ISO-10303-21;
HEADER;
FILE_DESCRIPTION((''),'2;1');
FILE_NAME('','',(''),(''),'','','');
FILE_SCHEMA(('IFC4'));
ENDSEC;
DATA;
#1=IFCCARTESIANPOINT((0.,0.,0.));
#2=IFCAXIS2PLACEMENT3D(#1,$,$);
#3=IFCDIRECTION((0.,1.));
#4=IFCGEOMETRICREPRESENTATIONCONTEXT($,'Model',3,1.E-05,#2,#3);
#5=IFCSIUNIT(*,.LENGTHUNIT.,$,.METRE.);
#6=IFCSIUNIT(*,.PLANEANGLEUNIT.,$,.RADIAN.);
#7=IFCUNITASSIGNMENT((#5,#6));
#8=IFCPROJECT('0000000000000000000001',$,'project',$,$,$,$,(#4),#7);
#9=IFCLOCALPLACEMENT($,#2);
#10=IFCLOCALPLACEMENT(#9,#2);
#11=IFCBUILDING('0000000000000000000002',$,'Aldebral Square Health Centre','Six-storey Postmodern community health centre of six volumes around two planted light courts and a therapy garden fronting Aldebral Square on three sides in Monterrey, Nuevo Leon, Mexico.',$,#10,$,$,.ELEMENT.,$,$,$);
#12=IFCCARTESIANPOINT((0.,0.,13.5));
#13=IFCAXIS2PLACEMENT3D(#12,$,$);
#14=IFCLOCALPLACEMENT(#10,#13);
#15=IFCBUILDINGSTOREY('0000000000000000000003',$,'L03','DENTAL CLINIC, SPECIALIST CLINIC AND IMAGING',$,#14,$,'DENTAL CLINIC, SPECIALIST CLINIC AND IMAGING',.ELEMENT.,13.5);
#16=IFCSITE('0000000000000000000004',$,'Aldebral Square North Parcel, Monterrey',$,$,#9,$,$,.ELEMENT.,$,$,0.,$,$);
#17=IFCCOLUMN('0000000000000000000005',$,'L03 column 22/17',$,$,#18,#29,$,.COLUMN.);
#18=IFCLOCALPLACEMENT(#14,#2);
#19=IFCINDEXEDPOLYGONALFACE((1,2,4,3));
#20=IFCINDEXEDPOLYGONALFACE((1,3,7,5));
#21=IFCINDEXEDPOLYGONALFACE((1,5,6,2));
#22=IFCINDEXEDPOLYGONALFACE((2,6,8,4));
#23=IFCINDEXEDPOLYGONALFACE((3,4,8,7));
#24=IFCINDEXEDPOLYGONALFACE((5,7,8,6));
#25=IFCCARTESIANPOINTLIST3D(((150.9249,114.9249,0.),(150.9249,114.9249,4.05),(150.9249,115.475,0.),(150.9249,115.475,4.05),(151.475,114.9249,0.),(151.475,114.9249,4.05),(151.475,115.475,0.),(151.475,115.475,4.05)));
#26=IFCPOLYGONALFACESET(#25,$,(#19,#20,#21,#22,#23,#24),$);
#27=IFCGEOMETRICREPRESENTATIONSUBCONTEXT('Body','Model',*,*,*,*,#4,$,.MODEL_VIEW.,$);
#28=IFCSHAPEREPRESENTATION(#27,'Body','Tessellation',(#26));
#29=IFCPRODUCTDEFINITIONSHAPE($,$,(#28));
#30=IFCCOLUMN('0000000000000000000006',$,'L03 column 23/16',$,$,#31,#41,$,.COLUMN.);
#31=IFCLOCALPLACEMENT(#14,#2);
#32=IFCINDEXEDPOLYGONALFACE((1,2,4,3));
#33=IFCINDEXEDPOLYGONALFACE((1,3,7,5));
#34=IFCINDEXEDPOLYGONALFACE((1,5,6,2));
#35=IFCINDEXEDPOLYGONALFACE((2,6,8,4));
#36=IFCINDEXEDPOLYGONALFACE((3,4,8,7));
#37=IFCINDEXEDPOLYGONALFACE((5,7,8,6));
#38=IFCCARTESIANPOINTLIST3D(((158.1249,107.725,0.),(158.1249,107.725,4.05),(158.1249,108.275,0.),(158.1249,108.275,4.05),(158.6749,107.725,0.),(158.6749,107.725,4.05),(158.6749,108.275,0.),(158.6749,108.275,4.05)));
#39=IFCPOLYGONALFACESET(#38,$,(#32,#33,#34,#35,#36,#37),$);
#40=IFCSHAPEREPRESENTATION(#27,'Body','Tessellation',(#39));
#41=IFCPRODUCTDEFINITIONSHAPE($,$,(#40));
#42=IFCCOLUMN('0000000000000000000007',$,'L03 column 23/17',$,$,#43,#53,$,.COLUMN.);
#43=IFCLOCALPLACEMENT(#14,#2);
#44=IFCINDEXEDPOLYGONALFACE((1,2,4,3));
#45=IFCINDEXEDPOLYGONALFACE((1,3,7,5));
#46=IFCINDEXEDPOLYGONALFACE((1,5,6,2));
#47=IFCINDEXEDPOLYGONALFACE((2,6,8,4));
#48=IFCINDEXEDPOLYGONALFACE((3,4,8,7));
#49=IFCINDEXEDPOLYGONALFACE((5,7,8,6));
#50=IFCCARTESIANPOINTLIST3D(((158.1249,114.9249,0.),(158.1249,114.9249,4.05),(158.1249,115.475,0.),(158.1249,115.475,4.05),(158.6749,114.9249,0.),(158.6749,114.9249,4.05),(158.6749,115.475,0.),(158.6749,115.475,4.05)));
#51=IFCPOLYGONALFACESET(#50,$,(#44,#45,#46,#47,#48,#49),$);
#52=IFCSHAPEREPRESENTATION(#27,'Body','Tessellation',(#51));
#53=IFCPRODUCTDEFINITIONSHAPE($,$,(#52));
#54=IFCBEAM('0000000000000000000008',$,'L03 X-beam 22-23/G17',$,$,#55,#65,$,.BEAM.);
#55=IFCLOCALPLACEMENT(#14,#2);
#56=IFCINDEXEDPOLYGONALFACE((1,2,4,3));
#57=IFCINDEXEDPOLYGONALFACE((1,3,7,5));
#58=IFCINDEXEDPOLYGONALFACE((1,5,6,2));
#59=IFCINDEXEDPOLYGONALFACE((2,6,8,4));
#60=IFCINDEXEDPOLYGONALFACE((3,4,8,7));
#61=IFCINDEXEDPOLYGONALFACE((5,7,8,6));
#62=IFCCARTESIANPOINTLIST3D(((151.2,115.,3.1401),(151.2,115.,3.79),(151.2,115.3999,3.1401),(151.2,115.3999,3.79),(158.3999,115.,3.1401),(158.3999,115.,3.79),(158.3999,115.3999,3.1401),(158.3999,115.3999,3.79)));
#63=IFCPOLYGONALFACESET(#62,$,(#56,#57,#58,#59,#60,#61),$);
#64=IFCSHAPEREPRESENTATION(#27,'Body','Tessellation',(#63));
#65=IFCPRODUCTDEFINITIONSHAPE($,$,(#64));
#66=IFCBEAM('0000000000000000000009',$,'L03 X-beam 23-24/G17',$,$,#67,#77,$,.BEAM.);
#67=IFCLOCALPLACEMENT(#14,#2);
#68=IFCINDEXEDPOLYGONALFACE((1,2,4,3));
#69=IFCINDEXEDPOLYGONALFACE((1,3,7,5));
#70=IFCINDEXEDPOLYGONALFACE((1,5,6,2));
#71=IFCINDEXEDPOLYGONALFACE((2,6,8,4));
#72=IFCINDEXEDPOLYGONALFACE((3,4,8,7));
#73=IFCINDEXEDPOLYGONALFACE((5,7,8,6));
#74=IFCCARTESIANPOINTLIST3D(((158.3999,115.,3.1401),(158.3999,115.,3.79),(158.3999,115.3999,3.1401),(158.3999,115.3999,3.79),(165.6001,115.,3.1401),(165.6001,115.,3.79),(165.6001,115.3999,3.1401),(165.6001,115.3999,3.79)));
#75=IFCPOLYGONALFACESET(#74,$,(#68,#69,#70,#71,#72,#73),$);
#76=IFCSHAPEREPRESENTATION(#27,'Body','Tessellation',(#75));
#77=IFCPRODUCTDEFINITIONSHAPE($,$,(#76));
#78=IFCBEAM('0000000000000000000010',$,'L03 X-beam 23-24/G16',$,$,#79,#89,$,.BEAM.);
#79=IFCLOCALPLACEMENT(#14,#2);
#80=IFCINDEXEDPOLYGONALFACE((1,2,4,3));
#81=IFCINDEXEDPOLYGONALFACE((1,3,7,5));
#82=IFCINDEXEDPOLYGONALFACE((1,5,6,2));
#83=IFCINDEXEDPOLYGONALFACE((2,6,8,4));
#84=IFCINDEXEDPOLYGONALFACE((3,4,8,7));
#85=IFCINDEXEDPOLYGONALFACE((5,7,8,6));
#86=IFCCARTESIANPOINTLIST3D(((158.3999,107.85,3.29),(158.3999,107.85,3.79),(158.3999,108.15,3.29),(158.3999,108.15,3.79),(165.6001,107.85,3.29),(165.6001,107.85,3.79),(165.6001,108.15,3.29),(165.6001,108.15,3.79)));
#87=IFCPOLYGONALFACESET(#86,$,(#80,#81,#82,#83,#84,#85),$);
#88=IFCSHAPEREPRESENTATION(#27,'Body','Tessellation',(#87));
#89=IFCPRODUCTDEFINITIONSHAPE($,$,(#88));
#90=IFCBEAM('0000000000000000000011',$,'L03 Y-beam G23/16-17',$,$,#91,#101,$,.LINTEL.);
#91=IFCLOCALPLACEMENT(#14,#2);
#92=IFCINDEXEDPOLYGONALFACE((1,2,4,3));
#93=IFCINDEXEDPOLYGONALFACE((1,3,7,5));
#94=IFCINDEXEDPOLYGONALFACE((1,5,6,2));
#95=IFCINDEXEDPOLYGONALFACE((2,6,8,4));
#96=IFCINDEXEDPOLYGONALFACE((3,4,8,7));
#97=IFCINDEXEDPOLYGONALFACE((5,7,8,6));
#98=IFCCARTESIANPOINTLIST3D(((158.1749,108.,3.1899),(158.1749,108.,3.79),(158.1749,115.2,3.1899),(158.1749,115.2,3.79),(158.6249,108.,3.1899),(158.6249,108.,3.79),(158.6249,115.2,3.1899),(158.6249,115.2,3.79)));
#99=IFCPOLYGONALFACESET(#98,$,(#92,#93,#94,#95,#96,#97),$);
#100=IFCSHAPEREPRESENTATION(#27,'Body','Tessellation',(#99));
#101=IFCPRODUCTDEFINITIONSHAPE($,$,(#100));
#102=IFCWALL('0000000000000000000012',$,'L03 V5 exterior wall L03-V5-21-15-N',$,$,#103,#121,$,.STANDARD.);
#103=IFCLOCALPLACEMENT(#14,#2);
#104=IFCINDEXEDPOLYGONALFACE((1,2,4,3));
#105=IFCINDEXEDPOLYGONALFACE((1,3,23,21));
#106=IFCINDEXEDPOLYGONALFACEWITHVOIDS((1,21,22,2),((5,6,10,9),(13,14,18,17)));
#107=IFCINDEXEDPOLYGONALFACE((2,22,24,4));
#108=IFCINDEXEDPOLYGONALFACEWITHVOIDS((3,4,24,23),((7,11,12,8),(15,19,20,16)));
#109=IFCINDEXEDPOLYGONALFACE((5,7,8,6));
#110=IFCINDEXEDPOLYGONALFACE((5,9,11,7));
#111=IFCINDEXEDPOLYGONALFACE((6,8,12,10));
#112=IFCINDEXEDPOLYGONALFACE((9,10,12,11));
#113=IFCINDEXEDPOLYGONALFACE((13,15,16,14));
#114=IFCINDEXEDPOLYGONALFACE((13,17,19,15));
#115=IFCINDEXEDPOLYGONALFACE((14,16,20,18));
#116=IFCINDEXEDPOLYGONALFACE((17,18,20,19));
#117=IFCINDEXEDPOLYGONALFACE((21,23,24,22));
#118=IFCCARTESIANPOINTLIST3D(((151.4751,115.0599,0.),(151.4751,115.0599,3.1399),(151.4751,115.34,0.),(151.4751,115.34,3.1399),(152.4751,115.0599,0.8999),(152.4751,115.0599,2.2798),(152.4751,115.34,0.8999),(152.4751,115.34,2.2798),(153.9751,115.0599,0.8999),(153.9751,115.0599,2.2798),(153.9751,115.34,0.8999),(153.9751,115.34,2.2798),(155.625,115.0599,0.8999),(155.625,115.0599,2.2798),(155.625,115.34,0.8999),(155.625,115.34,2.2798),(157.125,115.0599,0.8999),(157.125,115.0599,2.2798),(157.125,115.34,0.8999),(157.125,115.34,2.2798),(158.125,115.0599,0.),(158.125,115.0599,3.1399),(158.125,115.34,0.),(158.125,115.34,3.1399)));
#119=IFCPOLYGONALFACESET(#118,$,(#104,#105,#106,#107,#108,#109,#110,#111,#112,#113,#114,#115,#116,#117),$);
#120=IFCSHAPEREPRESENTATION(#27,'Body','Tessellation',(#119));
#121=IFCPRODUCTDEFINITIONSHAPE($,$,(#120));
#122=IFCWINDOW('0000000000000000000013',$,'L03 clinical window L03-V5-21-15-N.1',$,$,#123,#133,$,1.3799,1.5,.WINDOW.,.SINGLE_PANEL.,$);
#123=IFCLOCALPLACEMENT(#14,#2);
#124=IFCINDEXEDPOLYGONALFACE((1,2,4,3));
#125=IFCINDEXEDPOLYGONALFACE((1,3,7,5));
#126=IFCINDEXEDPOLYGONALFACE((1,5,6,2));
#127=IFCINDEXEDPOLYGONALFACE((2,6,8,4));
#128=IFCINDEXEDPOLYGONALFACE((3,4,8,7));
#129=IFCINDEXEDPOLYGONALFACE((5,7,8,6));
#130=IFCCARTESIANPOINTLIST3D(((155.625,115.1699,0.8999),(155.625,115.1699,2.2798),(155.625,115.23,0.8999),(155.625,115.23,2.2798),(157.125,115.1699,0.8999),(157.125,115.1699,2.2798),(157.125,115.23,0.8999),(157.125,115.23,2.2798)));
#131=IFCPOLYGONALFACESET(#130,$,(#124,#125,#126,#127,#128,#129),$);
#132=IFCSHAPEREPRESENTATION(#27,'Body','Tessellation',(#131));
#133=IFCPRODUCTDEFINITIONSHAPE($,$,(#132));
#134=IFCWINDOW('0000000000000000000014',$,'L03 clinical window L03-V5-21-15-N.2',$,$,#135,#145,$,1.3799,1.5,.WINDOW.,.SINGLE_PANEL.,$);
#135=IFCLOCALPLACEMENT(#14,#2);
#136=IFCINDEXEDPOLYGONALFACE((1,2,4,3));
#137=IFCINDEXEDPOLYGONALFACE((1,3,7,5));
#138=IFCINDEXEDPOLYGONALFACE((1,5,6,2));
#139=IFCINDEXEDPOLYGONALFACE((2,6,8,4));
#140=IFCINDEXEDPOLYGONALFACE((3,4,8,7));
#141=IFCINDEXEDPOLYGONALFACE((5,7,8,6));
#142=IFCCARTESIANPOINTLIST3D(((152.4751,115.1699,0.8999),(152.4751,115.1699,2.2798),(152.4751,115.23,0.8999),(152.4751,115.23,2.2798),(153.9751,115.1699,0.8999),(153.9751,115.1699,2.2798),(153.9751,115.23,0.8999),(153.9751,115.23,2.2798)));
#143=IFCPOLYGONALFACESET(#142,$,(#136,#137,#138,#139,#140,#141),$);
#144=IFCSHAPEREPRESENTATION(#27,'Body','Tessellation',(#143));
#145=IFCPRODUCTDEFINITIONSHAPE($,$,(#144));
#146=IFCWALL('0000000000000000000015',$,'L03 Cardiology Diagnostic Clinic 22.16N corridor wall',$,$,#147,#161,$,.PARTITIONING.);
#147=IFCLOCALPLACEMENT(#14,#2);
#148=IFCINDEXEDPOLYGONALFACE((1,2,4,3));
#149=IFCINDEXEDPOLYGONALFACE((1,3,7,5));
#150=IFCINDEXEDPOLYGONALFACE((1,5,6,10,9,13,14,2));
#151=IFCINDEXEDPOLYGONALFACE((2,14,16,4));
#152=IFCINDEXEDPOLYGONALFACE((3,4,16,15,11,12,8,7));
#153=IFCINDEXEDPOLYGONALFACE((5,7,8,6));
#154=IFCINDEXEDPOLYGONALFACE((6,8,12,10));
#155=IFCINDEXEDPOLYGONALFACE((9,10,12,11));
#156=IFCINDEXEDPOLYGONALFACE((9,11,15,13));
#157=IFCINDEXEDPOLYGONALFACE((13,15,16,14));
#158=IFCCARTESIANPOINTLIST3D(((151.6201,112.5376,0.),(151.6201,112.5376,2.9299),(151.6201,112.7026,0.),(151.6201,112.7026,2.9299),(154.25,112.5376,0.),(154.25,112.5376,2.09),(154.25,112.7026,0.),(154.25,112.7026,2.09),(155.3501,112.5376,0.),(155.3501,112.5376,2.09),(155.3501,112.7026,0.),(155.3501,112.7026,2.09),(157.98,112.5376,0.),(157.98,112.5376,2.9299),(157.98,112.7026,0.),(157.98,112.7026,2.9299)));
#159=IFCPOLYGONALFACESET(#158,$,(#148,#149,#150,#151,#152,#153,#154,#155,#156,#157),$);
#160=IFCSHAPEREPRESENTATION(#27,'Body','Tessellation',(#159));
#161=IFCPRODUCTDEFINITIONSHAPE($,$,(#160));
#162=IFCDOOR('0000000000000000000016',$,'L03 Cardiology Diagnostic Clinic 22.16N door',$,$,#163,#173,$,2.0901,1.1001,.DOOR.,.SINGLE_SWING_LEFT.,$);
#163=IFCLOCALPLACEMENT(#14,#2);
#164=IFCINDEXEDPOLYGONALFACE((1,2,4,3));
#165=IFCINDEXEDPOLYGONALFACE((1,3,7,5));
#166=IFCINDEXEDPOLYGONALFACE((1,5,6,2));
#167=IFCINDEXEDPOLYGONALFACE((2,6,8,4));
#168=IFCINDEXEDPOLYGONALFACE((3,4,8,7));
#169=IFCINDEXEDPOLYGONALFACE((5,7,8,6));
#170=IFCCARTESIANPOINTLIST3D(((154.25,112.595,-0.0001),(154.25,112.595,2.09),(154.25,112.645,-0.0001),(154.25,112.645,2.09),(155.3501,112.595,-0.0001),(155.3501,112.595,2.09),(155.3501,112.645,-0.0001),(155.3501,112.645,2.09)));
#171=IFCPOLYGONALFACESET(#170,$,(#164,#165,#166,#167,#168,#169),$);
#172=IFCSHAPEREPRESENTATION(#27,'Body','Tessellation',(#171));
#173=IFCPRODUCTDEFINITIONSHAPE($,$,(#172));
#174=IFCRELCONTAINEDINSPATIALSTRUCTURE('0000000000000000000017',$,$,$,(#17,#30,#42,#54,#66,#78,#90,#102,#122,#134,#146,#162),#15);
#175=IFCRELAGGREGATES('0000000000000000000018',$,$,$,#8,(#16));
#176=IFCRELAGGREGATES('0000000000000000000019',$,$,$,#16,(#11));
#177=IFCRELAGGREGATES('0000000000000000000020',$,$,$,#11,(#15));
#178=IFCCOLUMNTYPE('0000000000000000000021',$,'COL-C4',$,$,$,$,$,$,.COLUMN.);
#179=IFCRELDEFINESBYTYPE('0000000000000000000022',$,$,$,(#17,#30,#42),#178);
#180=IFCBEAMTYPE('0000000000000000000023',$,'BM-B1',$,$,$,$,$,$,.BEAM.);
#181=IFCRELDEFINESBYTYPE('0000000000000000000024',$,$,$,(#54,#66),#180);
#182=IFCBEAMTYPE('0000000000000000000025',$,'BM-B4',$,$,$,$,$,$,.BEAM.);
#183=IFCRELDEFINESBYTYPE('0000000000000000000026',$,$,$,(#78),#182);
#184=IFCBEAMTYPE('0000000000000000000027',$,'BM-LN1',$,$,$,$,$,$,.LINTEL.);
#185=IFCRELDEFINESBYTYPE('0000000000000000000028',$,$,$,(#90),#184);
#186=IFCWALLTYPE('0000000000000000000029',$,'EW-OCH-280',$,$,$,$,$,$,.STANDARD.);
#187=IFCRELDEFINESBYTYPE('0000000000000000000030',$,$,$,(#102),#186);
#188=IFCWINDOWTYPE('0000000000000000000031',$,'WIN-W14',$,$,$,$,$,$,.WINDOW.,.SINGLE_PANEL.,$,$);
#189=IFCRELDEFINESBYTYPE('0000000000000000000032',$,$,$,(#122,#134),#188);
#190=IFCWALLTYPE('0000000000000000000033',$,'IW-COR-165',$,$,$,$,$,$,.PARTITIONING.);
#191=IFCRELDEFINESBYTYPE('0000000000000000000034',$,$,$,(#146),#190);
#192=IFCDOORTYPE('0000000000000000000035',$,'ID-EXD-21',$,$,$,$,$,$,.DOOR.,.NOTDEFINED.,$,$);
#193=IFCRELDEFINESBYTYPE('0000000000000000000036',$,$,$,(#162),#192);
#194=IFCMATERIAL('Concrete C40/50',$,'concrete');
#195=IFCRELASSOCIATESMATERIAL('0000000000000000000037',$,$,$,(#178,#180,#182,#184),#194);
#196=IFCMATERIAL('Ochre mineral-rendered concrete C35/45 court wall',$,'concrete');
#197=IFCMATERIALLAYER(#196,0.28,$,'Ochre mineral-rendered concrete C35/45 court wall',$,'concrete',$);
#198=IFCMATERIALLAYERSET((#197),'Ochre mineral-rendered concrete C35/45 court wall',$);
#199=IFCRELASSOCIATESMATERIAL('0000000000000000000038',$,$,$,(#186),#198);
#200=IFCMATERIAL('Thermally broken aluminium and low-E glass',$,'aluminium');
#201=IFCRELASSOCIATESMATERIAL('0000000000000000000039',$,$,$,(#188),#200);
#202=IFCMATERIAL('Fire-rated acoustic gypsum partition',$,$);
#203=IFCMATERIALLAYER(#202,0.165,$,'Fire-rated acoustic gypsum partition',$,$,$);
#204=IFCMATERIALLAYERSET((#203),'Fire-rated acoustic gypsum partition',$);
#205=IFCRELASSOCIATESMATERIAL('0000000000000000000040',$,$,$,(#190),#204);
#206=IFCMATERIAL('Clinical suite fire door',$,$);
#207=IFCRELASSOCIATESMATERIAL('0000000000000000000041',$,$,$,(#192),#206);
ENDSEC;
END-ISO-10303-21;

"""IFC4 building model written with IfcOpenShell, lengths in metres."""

from ifc_helpers import new_model, si_unit, direction, frame, frame_2d, origin, origin_2d, place, context, subcontext, project, spatial, rectangle, extrude, material, layer, layer_set, material_profile, profile_set, type_object, element, fill, save


model = new_model("IFC4")

# Units and contexts
model_context = context("Model", 3, precision=1e-05, world=origin(), true_north=direction((0.0, 1.0)))
body_context = subcontext(model_context, "Body", "Model", "MODEL_VIEW")
ifc_project = project(units=[si_unit("LENGTHUNIT", "METRE"), si_unit("PLANEANGLEUNIT", "RADIAN")], contexts=[model_context])

# Site, building, storey
site_placement = place(None, origin())
site = spatial("IfcSite", under=ifc_project, at=site_placement, Name="Aldebral Square North Parcel, Monterrey", CompositionType="ELEMENT", RefElevation=0.0)
building_placement = place(site_placement, origin())
building = spatial("IfcBuilding", under=site, at=building_placement, Name="Aldebral Square Health Centre", Description="Six-storey Postmodern community health centre of six volumes around two planted light courts and a therapy garden fronting Aldebral Square on three sides in Monterrey, Nuevo Leon, Mexico.", CompositionType="ELEMENT")
storey_placement = place(building_placement, frame((0.0, 0.0, 13.5)))
storey = spatial("IfcBuildingStorey", under=building, at=storey_placement, Name="L03", Description="DENTAL CLINIC, SPECIALIST CLINIC AND IMAGING", LongName="DENTAL CLINIC, SPECIALIST CLINIC AND IMAGING", CompositionType="ELEMENT", Elevation=13.5)

# Columns
ifc_material_1 = material(Name="Concrete C40/50", Category="concrete")
ifc_material_profile_1 = material_profile(ifc_material_1, rectangle(XDim=0.55, YDim=0.55, at=origin_2d()), Name="RC 550x550")
ifc_profile_set_1 = profile_set([ifc_material_profile_1], Name="Concrete C40/50")
column_type = type_object("IfcColumnType", Name="COL-C4", PredefinedType="COLUMN", material=ifc_profile_set_1)
for number, where, z_axis, x_axis, name in (
    (1, (151.2, 115.2, 0.0), (0.0, 0.0, 1.0), (1.0, 0.0, 0.0), "L03 column 22/17"),
    (2, (158.3999, 108.0, 0.0), (0.0, 0.0, 1.0), (1.0, 0.0, 0.0), "L03 column 23/16"),
    (3, (158.3999, 115.2, 0.0), (0.0, 0.0, 1.0), (1.0, 0.0, 0.0), "L03 column 23/17"),
):
    element("IfcColumn", number, at=place(storey_placement, frame(where, z_axis=z_axis, x_axis=x_axis)), inside=storey, type_object=column_type, Name=name, PredefinedType="COLUMN", context=body_context, shape_type="SweptSolid", body=[
        extrude(rectangle(XDim=0.55, YDim=0.55, at=origin_2d()), origin(), (0.0, 0.0, 1.0), 4.05),
    ])

# Beams
ifc_material_profile_2 = material_profile(ifc_material_1, rectangle(XDim=0.3999, YDim=0.6499, at=origin_2d()), Name="RC 400x650")
ifc_profile_set_2 = profile_set([ifc_material_profile_2], Name="Concrete C40/50")
beam_type_1 = type_object("IfcBeamType", Name="BM-B1", PredefinedType="BEAM", material=ifc_profile_set_2)
beam_1_placement = place(storey_placement, frame((151.2, 115.2, 3.4651), z_axis=(1.0, 0.0, 0.0), x_axis=(0.0, 1.0, 0.0)))
element("IfcBeam", 4, at=beam_1_placement, inside=storey, type_object=beam_type_1, Name="L03 X-beam 22-23/G17", PredefinedType="BEAM", context=body_context, shape_type="SweptSolid", body=[
    extrude(rectangle(XDim=0.3999, YDim=0.6499, at=origin_2d()), origin(), (0.0, 0.0, 1.0), 7.2),
])
beam_2_placement = place(storey_placement, frame((158.3999, 115.2, 3.4651), z_axis=(1.0, 0.0, 0.0), x_axis=(0.0, 1.0, 0.0)))
element("IfcBeam", 5, at=beam_2_placement, inside=storey, type_object=beam_type_1, Name="L03 X-beam 23-24/G17", PredefinedType="BEAM", context=body_context, shape_type="SweptSolid", body=[
    extrude(rectangle(XDim=0.3999, YDim=0.6499, at=origin_2d()), origin(), (0.0, 0.0, 1.0), 7.2002),
])
ifc_material_profile_3 = material_profile(ifc_material_1, rectangle(XDim=0.3, YDim=0.5, at=origin_2d()), Name="RC 300x500")
ifc_profile_set_3 = profile_set([ifc_material_profile_3], Name="Concrete C40/50")
beam_type_2 = type_object("IfcBeamType", Name="BM-B4", PredefinedType="BEAM", material=ifc_profile_set_3)
beam_3_placement = place(storey_placement, frame((158.3999, 108.0, 3.54), z_axis=(1.0, 0.0, 0.0), x_axis=(0.0, 1.0, 0.0)))
element("IfcBeam", 6, at=beam_3_placement, inside=storey, type_object=beam_type_2, Name="L03 X-beam 23-24/G16", PredefinedType="BEAM", context=body_context, shape_type="SweptSolid", body=[
    extrude(rectangle(XDim=0.3, YDim=0.5, at=origin_2d()), origin(), (0.0, 0.0, 1.0), 7.2002),
])
ifc_material_profile_4 = material_profile(ifc_material_1, rectangle(XDim=0.45, YDim=0.6001, at=origin_2d()), Name="RC 450x600")
ifc_profile_set_4 = profile_set([ifc_material_profile_4], Name="Concrete C40/50")
beam_type_3 = type_object("IfcBeamType", Name="BM-LN1", PredefinedType="LINTEL", material=ifc_profile_set_4)
beam_4_placement = place(storey_placement, frame((158.3999, 108.0, 3.49), z_axis=(0.0, 1.0, 0.0), x_axis=(-1.0, 0.0, 0.0)))
element("IfcBeam", 7, at=beam_4_placement, inside=storey, type_object=beam_type_3, Name="L03 Y-beam G23/16-17", PredefinedType="LINTEL", context=body_context, shape_type="SweptSolid", body=[
    extrude(rectangle(XDim=0.45, YDim=0.6001, at=origin_2d()), origin(), (0.0, 0.0, 1.0), 7.2),
])

# Wall, openings, windows
ifc_material_2 = material(Name="Ochre mineral-rendered concrete C35/45 court wall", Category="concrete")
ifc_layer_1 = layer(ifc_material_2, 0.28, Name="Ochre mineral-rendered concrete C35/45 court wall", Category="concrete")
ifc_layer_set_1 = layer_set([ifc_layer_1], Name="Ochre mineral-rendered concrete C35/45 court wall")
wall_type_1 = type_object("IfcWallType", Name="EW-OCH-280", PredefinedType="STANDARD", material=ifc_layer_set_1)
wall_1_placement = place(storey_placement, frame((158.125, 115.2, 0.0), z_axis=(0.0, 0.0, 1.0), x_axis=(-1.0, 0.0, 0.0)))
wall_1 = element("IfcWall", 8, at=wall_1_placement, inside=storey, type_object=wall_type_1, Name="L03 V5 exterior wall L03-V5-21-15-N", PredefinedType="STANDARD", context=body_context, shape_type="SweptSolid", body=[
    extrude(rectangle(XDim=6.6499, YDim=0.28, at=frame_2d((3.325, 0.0))), origin(), (0.0, 0.0, 1.0), 3.1399),
])
opening_1_placement = place(wall_1_placement, frame((1.0, 0.0, 0.8999)))
opening_1 = element("IfcOpeningElement", 9, at=opening_1_placement, cuts=wall_1, PredefinedType="OPENING", context=body_context, shape_type="SweptSolid", body=[
    extrude(rectangle(XDim=1.5, YDim=1.3799, at=frame_2d((0.75, 0.6899))), frame((0.0, 0.1499, 0.0), z_axis=(0.0, -1.0, 0.0), x_axis=(1.0, 0.0, 0.0)), (0.0, 0.0, 1.0), 0.3),
])
opening_2_placement = place(wall_1_placement, frame((4.1499, 0.0, 0.8999)))
opening_2 = element("IfcOpeningElement", 10, at=opening_2_placement, cuts=wall_1, PredefinedType="OPENING", context=body_context, shape_type="SweptSolid", body=[
    extrude(rectangle(XDim=1.5, YDim=1.3799, at=frame_2d((0.75, 0.6899))), frame((0.0, 0.1499, 0.0), z_axis=(0.0, -1.0, 0.0), x_axis=(1.0, 0.0, 0.0)), (0.0, 0.0, 1.0), 0.3),
])
ifc_material_3 = material(Name="Thermally broken aluminium and low-E glass", Category="aluminium")
window_type = type_object("IfcWindowType", Name="WIN-W14", PartitioningType="SINGLE_PANEL", PredefinedType="WINDOW", material=ifc_material_3)
window_1_placement = place(opening_1_placement, origin())
window_1 = element("IfcWindow", 11, at=window_1_placement, inside=storey, type_object=window_type, Name="L03 clinical window L03-V5-21-15-N.1", OverallHeight=1.3799, OverallWidth=1.5, PartitioningType="SINGLE_PANEL", PredefinedType="WINDOW", context=body_context, shape_type="SweptSolid", body=[
    extrude(rectangle(XDim=1.5, YDim=1.3799, at=frame_2d((0.75, 0.6899))), frame((0.0, 0.03, 0.0), z_axis=(0.0, -1.0, 0.0), x_axis=(1.0, 0.0, 0.0)), (0.0, 0.0, 1.0), 0.0601),
])
fill(opening_1, window_1)
window_2_placement = place(opening_2_placement, origin())
window_2 = element("IfcWindow", 12, at=window_2_placement, inside=storey, type_object=window_type, Name="L03 clinical window L03-V5-21-15-N.2", OverallHeight=1.3799, OverallWidth=1.5, PartitioningType="SINGLE_PANEL", PredefinedType="WINDOW", context=body_context, shape_type="SweptSolid", body=[
    extrude(rectangle(XDim=1.5, YDim=1.3799, at=frame_2d((0.75, 0.6899))), frame((0.0, 0.03, 0.0), z_axis=(0.0, -1.0, 0.0), x_axis=(1.0, 0.0, 0.0)), (0.0, 0.0, 1.0), 0.0601),
])
fill(opening_2, window_2)

# Wall, opening, door
ifc_material_4 = material(Name="Fire-rated acoustic gypsum partition")
ifc_layer_2 = layer(ifc_material_4, 0.165, Name="Fire-rated acoustic gypsum partition")
ifc_layer_set_2 = layer_set([ifc_layer_2], Name="Fire-rated acoustic gypsum partition")
wall_type_2 = type_object("IfcWallType", Name="IW-COR-165", PredefinedType="PARTITIONING", material=ifc_layer_set_2)
wall_2_placement = place(storey_placement, frame((151.6201, 112.6201, 0.0), z_axis=(0.0, 0.0, 1.0), x_axis=(1.0, 0.0, 0.0)))
wall_2 = element("IfcWall", 13, at=wall_2_placement, inside=storey, type_object=wall_type_2, Name="L03 Cardiology Diagnostic Clinic 22.16N corridor wall", PredefinedType="PARTITIONING", context=body_context, shape_type="SweptSolid", body=[
    extrude(rectangle(XDim=6.3599, YDim=0.165, at=frame_2d((3.1799, 0.0))), origin(), (0.0, 0.0, 1.0), 2.9299),
])
opening_3_placement = place(wall_2_placement, frame((2.6299, 0.0, 0.0)))
opening_3 = element("IfcOpeningElement", 14, at=opening_3_placement, cuts=wall_2, PredefinedType="OPENING", context=body_context, shape_type="SweptSolid", body=[
    extrude(rectangle(XDim=1.1001, YDim=2.0901, at=frame_2d((0.55, 1.0449))), frame((0.0, 0.0925, 0.0), z_axis=(0.0, -1.0, 0.0), x_axis=(1.0, 0.0, 0.0)), (0.0, 0.0, 1.0), 0.1851),
])
ifc_material_5 = material(Name="Clinical suite fire door")
door_type_1 = type_object("IfcDoorType", Name="ID-EXD-21", OperationType="NOTDEFINED", PredefinedType="DOOR", material=ifc_material_5)
door_1_placement = place(opening_3_placement, origin())
door_1 = element("IfcDoor", 15, at=door_1_placement, inside=storey, type_object=door_type_1, Name="L03 Cardiology Diagnostic Clinic 22.16N door", OperationType="SINGLE_SWING_LEFT", OverallHeight=2.0901, OverallWidth=1.1001, PredefinedType="DOOR", context=body_context, shape_type="SweptSolid", body=[
    extrude(rectangle(XDim=1.1001, YDim=2.0901, at=frame_2d((0.55, 1.0449))), frame((0.0, 0.0249, 0.0), z_axis=(0.0, -1.0, 0.0), x_axis=(1.0, 0.0, 0.0)), (0.0, 0.0, 1.0), 0.05),
])
fill(opening_3, door_1)

save(model, "model.ifc")
